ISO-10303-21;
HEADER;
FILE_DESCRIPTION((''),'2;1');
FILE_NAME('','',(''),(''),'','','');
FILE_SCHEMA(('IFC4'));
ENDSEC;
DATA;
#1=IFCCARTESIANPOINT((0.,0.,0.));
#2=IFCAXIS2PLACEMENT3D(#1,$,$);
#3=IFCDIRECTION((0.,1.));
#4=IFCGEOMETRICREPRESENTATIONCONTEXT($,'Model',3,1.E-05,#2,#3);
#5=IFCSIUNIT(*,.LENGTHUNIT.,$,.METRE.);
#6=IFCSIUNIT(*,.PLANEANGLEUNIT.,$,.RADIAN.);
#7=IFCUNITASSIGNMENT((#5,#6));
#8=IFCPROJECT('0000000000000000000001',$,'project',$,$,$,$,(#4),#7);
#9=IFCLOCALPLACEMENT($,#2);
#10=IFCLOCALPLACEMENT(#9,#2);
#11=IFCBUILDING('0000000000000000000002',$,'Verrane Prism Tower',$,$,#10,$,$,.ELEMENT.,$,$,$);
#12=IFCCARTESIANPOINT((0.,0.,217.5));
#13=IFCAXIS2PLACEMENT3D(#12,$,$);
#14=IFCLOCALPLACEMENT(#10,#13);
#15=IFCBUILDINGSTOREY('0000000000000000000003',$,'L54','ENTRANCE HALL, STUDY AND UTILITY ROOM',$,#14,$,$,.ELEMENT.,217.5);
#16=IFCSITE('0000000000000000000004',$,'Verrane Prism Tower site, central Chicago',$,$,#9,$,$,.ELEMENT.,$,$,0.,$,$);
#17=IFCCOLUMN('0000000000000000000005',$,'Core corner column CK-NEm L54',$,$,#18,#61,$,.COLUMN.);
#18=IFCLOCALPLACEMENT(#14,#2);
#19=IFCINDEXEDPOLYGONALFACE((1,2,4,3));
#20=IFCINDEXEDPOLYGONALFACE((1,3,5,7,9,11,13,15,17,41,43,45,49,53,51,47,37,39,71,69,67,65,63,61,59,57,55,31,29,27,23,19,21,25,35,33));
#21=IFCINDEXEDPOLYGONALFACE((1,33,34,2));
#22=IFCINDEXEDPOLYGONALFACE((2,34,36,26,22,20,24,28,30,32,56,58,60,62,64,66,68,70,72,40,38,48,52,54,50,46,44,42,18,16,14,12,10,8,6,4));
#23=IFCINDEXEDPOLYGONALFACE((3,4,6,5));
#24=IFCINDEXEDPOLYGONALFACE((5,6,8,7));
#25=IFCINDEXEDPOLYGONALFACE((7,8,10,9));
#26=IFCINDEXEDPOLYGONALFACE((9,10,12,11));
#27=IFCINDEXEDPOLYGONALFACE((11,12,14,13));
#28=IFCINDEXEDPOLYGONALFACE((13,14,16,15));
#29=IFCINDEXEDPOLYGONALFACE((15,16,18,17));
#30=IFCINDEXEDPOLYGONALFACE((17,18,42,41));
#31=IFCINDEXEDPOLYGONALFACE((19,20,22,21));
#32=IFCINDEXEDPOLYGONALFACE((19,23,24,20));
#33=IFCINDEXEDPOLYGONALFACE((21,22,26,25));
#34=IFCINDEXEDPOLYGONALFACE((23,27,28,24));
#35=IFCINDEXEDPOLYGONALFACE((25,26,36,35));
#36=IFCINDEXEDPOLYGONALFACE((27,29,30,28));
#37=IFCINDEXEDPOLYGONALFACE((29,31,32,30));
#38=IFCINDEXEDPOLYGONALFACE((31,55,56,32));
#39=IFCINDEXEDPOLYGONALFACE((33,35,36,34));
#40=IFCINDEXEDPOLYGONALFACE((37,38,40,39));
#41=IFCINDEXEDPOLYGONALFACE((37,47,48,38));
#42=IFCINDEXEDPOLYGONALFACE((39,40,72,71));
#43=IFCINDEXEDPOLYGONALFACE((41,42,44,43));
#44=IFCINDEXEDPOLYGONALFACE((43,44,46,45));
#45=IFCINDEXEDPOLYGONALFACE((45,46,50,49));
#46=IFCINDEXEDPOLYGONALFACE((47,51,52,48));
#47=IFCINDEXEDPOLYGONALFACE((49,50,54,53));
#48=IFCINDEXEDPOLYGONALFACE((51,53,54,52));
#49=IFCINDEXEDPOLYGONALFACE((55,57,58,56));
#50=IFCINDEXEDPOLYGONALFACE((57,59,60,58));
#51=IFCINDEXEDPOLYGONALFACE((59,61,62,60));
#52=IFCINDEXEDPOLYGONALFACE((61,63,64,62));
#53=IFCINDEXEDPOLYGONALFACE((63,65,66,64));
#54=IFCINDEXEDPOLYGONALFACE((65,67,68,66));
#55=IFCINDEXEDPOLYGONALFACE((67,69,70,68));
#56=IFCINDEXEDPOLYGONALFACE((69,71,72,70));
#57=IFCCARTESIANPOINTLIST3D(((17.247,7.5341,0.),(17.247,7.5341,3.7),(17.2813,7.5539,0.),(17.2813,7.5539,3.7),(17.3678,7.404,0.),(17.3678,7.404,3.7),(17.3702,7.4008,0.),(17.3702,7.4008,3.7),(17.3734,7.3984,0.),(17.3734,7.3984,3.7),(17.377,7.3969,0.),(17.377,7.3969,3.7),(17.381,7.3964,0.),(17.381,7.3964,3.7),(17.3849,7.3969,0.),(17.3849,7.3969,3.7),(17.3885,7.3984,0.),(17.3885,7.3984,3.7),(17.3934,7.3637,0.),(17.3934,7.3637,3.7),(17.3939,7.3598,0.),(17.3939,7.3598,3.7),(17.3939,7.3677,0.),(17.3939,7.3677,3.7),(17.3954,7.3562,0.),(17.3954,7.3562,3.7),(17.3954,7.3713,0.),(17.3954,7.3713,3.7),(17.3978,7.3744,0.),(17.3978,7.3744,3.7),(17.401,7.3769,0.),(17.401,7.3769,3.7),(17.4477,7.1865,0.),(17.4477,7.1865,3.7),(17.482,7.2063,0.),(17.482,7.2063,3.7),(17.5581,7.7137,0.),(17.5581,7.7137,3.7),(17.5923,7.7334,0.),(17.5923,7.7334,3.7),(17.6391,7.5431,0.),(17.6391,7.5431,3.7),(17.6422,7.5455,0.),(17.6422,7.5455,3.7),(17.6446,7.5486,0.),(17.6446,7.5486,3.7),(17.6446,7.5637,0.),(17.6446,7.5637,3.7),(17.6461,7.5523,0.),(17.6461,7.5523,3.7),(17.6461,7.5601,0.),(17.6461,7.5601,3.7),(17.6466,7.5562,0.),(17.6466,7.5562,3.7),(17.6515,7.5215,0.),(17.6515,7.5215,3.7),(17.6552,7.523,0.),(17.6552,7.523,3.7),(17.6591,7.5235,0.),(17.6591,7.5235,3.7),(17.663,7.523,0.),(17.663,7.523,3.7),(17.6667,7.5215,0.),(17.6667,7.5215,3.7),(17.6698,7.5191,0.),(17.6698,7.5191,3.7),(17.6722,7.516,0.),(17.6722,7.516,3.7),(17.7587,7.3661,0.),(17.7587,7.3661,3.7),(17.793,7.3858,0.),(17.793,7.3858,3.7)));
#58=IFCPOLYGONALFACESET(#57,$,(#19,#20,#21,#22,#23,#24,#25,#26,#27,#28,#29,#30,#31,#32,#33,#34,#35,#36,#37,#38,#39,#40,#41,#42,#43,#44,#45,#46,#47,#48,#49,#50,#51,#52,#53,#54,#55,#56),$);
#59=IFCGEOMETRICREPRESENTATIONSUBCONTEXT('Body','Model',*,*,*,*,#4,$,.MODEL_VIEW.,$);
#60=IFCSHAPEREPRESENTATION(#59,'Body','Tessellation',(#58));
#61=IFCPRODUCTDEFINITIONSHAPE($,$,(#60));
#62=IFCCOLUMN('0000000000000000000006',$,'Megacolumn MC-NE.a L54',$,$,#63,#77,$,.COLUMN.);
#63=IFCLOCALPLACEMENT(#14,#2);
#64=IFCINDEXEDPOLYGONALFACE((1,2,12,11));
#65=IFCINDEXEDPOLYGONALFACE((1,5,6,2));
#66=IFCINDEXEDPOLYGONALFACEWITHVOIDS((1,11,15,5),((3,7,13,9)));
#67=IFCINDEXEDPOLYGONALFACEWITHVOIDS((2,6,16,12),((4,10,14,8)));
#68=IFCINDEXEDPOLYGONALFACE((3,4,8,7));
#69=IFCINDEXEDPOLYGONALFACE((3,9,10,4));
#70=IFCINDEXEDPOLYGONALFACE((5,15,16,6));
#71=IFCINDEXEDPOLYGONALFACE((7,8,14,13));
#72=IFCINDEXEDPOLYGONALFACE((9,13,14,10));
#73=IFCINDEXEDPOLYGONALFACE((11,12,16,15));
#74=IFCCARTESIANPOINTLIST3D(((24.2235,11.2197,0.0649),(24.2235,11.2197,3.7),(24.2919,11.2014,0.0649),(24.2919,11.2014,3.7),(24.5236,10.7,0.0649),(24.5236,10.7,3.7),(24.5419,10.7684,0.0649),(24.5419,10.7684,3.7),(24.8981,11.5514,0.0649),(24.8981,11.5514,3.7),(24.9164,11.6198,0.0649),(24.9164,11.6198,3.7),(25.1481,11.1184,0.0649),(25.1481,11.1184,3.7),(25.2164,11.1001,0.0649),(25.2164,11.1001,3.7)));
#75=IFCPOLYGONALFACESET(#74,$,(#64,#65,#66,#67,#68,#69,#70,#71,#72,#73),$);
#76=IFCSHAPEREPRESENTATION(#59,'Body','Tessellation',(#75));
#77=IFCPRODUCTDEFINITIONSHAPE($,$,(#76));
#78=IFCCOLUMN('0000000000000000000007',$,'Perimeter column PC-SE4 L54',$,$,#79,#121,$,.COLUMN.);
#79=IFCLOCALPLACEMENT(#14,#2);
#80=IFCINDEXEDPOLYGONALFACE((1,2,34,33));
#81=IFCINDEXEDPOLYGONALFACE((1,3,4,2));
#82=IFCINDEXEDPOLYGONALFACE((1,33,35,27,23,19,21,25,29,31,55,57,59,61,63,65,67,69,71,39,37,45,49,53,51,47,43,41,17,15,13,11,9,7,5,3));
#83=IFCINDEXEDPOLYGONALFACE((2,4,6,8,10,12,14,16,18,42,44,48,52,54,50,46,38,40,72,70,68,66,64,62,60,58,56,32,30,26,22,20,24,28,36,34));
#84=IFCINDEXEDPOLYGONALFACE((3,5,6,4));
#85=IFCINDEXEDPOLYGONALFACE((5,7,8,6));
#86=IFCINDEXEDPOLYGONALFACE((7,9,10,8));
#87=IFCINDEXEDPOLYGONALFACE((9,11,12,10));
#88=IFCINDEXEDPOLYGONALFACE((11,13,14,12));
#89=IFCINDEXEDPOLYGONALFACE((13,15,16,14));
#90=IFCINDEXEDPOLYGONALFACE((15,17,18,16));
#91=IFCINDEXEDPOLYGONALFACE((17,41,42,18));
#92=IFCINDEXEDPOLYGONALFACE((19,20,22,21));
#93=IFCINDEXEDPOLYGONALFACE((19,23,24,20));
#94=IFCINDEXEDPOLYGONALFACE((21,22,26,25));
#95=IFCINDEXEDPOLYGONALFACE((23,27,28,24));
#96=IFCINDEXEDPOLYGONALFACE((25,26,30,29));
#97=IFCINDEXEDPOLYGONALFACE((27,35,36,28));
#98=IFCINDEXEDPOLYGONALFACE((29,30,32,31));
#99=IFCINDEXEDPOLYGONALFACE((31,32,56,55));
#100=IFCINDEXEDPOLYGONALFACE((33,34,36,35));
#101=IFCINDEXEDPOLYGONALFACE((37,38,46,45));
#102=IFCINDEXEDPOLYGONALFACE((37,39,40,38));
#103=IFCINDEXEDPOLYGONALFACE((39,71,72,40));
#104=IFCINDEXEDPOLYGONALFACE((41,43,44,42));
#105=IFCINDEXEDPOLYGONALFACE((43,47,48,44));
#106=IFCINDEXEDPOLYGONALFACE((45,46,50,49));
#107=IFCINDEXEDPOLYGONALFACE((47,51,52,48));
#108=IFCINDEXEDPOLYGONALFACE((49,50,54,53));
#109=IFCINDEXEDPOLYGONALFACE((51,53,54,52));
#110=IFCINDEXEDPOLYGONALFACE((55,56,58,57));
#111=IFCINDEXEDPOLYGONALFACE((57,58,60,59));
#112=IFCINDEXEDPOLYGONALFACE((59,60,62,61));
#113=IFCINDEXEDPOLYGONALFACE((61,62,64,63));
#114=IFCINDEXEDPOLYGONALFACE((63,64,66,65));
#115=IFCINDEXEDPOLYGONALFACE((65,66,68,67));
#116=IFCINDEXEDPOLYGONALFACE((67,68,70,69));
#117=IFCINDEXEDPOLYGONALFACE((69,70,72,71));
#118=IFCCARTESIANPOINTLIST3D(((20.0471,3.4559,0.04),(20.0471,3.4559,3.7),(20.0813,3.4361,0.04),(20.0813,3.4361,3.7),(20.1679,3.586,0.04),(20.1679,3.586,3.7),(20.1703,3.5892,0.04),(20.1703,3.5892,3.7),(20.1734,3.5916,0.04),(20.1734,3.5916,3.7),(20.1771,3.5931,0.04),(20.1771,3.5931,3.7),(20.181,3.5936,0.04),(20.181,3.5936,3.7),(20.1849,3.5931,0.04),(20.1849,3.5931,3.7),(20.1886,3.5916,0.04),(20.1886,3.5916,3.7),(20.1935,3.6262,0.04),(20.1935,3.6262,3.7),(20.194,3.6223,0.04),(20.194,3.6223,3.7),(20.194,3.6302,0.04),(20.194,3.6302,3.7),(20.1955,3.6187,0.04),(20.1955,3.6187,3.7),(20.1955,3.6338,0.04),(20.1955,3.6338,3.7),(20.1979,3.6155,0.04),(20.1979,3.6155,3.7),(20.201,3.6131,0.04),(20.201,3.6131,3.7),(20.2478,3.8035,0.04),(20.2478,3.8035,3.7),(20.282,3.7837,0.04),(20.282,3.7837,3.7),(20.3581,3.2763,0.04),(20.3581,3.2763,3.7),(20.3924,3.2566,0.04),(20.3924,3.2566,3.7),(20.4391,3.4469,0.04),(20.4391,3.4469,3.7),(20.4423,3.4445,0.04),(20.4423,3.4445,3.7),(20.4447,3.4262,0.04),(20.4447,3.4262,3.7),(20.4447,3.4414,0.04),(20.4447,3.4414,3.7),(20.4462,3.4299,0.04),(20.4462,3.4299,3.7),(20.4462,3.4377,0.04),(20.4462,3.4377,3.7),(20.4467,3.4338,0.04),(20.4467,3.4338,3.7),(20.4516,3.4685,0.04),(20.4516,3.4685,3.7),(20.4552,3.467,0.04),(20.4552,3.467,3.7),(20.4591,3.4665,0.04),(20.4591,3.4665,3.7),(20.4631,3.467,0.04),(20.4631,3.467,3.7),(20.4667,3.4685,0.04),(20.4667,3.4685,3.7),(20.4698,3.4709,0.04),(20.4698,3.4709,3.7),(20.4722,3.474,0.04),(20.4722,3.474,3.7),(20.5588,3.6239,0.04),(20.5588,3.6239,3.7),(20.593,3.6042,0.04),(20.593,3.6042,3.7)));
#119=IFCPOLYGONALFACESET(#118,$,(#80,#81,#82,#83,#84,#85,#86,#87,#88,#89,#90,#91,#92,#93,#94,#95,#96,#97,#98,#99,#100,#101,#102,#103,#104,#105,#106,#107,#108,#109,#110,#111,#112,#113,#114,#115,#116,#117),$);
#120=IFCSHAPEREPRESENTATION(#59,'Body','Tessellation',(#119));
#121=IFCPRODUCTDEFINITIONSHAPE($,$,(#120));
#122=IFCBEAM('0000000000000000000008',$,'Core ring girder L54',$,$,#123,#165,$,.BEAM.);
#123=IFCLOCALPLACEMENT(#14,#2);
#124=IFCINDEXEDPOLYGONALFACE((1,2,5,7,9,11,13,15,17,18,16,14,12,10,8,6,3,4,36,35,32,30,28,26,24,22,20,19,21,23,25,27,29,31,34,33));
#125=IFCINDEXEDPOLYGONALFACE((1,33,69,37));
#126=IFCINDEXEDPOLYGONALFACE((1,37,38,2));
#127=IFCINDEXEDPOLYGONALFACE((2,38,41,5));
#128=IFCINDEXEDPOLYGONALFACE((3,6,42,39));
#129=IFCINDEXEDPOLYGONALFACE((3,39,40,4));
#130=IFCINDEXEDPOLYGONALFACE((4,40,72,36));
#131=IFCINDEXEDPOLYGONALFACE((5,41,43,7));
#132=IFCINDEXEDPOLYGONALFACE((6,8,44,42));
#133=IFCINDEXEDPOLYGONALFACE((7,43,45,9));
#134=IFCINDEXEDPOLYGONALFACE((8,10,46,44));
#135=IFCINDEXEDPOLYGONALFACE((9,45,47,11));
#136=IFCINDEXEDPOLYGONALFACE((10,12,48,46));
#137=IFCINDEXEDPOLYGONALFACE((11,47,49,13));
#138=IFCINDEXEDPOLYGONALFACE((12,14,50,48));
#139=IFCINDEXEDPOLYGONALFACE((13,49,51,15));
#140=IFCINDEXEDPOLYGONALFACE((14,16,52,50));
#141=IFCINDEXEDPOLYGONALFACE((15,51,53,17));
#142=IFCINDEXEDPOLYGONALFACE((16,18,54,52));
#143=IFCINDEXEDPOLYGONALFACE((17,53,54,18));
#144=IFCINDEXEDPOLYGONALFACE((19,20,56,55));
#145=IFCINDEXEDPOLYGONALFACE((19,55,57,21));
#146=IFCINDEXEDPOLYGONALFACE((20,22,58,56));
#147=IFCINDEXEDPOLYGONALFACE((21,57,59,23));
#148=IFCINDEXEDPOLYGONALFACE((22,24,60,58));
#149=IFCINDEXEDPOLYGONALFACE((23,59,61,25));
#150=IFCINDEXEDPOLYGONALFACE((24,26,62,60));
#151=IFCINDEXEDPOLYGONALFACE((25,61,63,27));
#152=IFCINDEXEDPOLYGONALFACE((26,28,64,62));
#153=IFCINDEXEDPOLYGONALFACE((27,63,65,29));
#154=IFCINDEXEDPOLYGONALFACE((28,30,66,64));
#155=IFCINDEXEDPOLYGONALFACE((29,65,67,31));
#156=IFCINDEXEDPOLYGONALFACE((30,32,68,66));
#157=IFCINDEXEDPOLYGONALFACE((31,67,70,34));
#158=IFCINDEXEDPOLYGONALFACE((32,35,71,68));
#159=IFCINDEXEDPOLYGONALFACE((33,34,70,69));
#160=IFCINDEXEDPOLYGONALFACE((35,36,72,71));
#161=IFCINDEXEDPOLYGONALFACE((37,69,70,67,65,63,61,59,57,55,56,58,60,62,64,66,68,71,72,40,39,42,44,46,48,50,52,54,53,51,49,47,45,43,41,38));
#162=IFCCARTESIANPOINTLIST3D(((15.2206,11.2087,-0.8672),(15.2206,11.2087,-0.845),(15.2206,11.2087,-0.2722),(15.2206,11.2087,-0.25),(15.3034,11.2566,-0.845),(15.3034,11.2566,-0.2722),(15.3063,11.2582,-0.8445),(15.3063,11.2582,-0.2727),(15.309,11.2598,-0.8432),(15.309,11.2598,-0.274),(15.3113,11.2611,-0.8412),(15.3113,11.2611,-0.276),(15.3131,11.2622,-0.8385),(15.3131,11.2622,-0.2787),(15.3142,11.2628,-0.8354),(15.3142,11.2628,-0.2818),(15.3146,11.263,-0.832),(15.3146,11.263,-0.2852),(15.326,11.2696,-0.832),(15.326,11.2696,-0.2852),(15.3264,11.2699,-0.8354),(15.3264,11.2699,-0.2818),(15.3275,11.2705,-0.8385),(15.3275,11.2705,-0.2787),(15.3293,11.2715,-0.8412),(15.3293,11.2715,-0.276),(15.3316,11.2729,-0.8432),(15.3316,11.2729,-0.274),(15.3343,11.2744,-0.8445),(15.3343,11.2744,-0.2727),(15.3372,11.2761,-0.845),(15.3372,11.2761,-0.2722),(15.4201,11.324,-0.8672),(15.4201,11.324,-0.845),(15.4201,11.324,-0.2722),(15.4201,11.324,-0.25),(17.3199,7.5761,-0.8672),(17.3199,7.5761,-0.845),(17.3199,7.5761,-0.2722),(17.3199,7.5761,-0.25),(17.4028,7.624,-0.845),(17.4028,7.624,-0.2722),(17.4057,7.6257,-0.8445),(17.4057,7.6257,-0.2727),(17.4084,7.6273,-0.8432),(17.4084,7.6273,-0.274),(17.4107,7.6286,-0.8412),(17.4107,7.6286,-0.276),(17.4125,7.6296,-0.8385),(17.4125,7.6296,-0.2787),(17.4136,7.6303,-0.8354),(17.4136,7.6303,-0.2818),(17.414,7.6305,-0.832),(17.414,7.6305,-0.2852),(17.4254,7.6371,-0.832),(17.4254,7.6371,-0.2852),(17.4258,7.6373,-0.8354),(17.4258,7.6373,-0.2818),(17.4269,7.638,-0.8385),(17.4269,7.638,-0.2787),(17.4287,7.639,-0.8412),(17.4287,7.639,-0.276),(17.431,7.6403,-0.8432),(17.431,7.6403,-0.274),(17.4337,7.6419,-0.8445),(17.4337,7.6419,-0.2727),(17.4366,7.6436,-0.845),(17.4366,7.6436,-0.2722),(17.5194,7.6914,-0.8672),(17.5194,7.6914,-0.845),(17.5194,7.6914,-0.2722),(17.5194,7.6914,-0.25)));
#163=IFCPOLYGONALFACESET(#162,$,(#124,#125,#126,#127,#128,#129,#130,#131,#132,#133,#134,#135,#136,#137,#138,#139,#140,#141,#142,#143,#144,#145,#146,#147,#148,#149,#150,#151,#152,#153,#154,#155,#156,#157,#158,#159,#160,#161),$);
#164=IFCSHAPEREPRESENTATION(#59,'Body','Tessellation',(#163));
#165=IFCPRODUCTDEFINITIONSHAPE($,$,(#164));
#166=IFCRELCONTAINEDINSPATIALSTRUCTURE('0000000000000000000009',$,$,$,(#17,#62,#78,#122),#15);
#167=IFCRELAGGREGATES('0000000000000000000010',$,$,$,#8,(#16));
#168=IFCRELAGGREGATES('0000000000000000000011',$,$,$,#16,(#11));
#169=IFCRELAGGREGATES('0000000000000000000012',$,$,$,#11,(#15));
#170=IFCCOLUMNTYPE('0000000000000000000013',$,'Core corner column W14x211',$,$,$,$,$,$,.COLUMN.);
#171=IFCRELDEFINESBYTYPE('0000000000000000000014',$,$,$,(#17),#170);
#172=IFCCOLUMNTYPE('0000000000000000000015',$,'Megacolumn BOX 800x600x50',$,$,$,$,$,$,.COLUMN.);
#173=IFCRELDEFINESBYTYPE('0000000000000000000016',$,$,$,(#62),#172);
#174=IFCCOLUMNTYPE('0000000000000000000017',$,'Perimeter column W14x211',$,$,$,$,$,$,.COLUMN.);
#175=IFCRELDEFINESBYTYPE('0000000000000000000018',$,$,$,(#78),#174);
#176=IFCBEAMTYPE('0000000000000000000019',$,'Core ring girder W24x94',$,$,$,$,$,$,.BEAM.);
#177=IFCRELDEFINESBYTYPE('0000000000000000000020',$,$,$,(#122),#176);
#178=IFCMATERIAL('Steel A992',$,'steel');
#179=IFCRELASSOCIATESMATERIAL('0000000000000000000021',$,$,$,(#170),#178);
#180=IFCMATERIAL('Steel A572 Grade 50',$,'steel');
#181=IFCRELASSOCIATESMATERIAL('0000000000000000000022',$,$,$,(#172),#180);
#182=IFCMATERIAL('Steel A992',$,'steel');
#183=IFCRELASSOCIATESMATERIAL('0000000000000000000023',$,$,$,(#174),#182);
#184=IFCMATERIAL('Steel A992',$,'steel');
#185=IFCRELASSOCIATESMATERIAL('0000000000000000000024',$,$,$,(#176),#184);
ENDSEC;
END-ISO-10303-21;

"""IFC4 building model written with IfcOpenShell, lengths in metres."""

from ifc_helpers import new_model, si_unit, direction, frame, origin, origin_2d, place, context, subcontext, project, spatial, hollow_rectangle, i_section, extrude, material, material_profile, profile_set, type_object, element, save


model = new_model("IFC4")

# Units and contexts
model_context = context("Model", 3, precision=1e-05, world=origin(), true_north=direction((0.0, 1.0)))
body_context = subcontext(model_context, "Body", "Model", "MODEL_VIEW")
ifc_project = project(units=[si_unit("LENGTHUNIT", "METRE"), si_unit("PLANEANGLEUNIT", "RADIAN")], contexts=[model_context])

# Site, building, storey
site_placement = place(None, origin())
site = spatial("IfcSite", under=ifc_project, at=site_placement, Name="Verrane Prism Tower site, central Chicago", CompositionType="ELEMENT", RefElevation=0.0)
building_placement = place(site_placement, origin())
building = spatial("IfcBuilding", under=site, at=building_placement, Name="Verrane Prism Tower", CompositionType="ELEMENT")
storey_placement = place(building_placement, frame((0.0, 0.0, 217.5)))
storey = spatial("IfcBuildingStorey", under=building, at=storey_placement, Name="L54", Description="ENTRANCE HALL, STUDY AND UTILITY ROOM", CompositionType="ELEMENT", Elevation=217.5)

# Columns
ifc_material_1 = material(Name="Steel A992", Category="steel")
ifc_material_profile_1 = material_profile(ifc_material_1, i_section(OverallWidth=0.4014, OverallDepth=0.3987, WebThickness=0.0249, FlangeThickness=0.0396, FilletRadius=0.0151, at=origin_2d()), Name="W14x211")
ifc_profile_set_1 = profile_set([ifc_material_profile_1], Name="Steel A992")
column_type_1 = type_object("IfcColumnType", Name="Core corner column W14x211", PredefinedType="COLUMN", material=ifc_profile_set_1)
column_1_placement = place(storey_placement, frame((17.52, 7.46, 0.0), z_axis=(0.0, 0.0, 1.0), x_axis=(0.5, -0.866025, 0.0)))
element("IfcColumn", 1, at=column_1_placement, inside=storey, type_object=column_type_1, Name="Core corner column CK-NEm L54", PredefinedType="COLUMN", context=body_context, shape_type="SweptSolid", body=[
    extrude(i_section(OverallWidth=0.4014, OverallDepth=0.3987, WebThickness=0.0249, FlangeThickness=0.0396, FilletRadius=0.0151, at=origin_2d()), origin(), (0.0, 0.0, 1.0), 3.7),
])
ifc_material_2 = material(Name="Steel A572 Grade 50", Category="steel")
ifc_material_profile_2 = material_profile(ifc_material_2, hollow_rectangle(XDim=0.6001, YDim=0.8, WallThickness=0.05, at=origin_2d()), Name="BOX 800x600x50")
ifc_profile_set_2 = profile_set([ifc_material_profile_2], Name="Steel A572 Grade 50")
column_type_2 = type_object("IfcColumnType", Name="Megacolumn BOX 800x600x50", PredefinedType="COLUMN", material=ifc_profile_set_2)
column_2_placement = place(storey_placement, frame((24.72, 11.1599, 0.0649), z_axis=(0.0, 0.0, 1.0), x_axis=(0.5, -0.866025, 0.0)))
element("IfcColumn", 2, at=column_2_placement, inside=storey, type_object=column_type_2, Name="Megacolumn MC-NE.a L54", PredefinedType="COLUMN", context=body_context, shape_type="SweptSolid", body=[
    extrude(hollow_rectangle(XDim=0.6001, YDim=0.8, WallThickness=0.05, at=origin_2d()), origin(), (0.0, 0.0, 1.0), 3.635),
])
ifc_material_3 = material(Name="Steel A992", Category="steel")
ifc_material_profile_3 = material_profile(ifc_material_3, i_section(OverallWidth=0.4014, OverallDepth=0.3987, WebThickness=0.0249, FlangeThickness=0.0396, FilletRadius=0.0151, at=origin_2d()), Name="W14x211")
ifc_profile_set_3 = profile_set([ifc_material_profile_3], Name="Steel A992")
column_type_3 = type_object("IfcColumnType", Name="Perimeter column W14x211", PredefinedType="COLUMN", material=ifc_profile_set_3)
column_3_placement = place(storey_placement, frame((20.3201, 3.53, 0.04), z_axis=(0.0, 0.0, 1.0), x_axis=(-0.5, -0.866025, 0.0)))
element("IfcColumn", 3, at=column_3_placement, inside=storey, type_object=column_type_3, Name="Perimeter column PC-SE4 L54", PredefinedType="COLUMN", context=body_context, shape_type="SweptSolid", body=[
    extrude(i_section(OverallWidth=0.4014, OverallDepth=0.3987, WebThickness=0.0249, FlangeThickness=0.0396, FilletRadius=0.0151, at=origin_2d()), origin(), (0.0, 0.0, 1.0), 3.6599),
])

# Beam
ifc_material_4 = material(Name="Steel A992", Category="steel")
ifc_material_profile_4 = material_profile(ifc_material_4, i_section(OverallWidth=0.2305, OverallDepth=0.6172, WebThickness=0.0132, FlangeThickness=0.0222, FilletRadius=0.0129, at=origin_2d()), Name="W24x94")
ifc_profile_set_4 = profile_set([ifc_material_profile_4], Name="Steel A992")
beam_type_1 = type_object("IfcBeamType", Name="Core ring girder W24x94", PredefinedType="BEAM", material=ifc_profile_set_4)
beam_1_placement = place(storey_placement, frame((17.4197, 7.6338, -0.5586), z_axis=(-0.500376, 0.865808, 0.0), x_axis=(-0.865808, -0.500376, 0.0)))
element("IfcBeam", 4, at=beam_1_placement, inside=storey, type_object=beam_type_1, Name="Core ring girder L54", PredefinedType="BEAM", context=body_context, shape_type="SweptSolid", body=[
    extrude(i_section(OverallWidth=0.2305, OverallDepth=0.6172, WebThickness=0.0132, FlangeThickness=0.0222, FilletRadius=0.0129, at=origin_2d()), origin(), (0.0, 0.0, 1.0), 4.1956),
])

save(model, "model.ifc")
